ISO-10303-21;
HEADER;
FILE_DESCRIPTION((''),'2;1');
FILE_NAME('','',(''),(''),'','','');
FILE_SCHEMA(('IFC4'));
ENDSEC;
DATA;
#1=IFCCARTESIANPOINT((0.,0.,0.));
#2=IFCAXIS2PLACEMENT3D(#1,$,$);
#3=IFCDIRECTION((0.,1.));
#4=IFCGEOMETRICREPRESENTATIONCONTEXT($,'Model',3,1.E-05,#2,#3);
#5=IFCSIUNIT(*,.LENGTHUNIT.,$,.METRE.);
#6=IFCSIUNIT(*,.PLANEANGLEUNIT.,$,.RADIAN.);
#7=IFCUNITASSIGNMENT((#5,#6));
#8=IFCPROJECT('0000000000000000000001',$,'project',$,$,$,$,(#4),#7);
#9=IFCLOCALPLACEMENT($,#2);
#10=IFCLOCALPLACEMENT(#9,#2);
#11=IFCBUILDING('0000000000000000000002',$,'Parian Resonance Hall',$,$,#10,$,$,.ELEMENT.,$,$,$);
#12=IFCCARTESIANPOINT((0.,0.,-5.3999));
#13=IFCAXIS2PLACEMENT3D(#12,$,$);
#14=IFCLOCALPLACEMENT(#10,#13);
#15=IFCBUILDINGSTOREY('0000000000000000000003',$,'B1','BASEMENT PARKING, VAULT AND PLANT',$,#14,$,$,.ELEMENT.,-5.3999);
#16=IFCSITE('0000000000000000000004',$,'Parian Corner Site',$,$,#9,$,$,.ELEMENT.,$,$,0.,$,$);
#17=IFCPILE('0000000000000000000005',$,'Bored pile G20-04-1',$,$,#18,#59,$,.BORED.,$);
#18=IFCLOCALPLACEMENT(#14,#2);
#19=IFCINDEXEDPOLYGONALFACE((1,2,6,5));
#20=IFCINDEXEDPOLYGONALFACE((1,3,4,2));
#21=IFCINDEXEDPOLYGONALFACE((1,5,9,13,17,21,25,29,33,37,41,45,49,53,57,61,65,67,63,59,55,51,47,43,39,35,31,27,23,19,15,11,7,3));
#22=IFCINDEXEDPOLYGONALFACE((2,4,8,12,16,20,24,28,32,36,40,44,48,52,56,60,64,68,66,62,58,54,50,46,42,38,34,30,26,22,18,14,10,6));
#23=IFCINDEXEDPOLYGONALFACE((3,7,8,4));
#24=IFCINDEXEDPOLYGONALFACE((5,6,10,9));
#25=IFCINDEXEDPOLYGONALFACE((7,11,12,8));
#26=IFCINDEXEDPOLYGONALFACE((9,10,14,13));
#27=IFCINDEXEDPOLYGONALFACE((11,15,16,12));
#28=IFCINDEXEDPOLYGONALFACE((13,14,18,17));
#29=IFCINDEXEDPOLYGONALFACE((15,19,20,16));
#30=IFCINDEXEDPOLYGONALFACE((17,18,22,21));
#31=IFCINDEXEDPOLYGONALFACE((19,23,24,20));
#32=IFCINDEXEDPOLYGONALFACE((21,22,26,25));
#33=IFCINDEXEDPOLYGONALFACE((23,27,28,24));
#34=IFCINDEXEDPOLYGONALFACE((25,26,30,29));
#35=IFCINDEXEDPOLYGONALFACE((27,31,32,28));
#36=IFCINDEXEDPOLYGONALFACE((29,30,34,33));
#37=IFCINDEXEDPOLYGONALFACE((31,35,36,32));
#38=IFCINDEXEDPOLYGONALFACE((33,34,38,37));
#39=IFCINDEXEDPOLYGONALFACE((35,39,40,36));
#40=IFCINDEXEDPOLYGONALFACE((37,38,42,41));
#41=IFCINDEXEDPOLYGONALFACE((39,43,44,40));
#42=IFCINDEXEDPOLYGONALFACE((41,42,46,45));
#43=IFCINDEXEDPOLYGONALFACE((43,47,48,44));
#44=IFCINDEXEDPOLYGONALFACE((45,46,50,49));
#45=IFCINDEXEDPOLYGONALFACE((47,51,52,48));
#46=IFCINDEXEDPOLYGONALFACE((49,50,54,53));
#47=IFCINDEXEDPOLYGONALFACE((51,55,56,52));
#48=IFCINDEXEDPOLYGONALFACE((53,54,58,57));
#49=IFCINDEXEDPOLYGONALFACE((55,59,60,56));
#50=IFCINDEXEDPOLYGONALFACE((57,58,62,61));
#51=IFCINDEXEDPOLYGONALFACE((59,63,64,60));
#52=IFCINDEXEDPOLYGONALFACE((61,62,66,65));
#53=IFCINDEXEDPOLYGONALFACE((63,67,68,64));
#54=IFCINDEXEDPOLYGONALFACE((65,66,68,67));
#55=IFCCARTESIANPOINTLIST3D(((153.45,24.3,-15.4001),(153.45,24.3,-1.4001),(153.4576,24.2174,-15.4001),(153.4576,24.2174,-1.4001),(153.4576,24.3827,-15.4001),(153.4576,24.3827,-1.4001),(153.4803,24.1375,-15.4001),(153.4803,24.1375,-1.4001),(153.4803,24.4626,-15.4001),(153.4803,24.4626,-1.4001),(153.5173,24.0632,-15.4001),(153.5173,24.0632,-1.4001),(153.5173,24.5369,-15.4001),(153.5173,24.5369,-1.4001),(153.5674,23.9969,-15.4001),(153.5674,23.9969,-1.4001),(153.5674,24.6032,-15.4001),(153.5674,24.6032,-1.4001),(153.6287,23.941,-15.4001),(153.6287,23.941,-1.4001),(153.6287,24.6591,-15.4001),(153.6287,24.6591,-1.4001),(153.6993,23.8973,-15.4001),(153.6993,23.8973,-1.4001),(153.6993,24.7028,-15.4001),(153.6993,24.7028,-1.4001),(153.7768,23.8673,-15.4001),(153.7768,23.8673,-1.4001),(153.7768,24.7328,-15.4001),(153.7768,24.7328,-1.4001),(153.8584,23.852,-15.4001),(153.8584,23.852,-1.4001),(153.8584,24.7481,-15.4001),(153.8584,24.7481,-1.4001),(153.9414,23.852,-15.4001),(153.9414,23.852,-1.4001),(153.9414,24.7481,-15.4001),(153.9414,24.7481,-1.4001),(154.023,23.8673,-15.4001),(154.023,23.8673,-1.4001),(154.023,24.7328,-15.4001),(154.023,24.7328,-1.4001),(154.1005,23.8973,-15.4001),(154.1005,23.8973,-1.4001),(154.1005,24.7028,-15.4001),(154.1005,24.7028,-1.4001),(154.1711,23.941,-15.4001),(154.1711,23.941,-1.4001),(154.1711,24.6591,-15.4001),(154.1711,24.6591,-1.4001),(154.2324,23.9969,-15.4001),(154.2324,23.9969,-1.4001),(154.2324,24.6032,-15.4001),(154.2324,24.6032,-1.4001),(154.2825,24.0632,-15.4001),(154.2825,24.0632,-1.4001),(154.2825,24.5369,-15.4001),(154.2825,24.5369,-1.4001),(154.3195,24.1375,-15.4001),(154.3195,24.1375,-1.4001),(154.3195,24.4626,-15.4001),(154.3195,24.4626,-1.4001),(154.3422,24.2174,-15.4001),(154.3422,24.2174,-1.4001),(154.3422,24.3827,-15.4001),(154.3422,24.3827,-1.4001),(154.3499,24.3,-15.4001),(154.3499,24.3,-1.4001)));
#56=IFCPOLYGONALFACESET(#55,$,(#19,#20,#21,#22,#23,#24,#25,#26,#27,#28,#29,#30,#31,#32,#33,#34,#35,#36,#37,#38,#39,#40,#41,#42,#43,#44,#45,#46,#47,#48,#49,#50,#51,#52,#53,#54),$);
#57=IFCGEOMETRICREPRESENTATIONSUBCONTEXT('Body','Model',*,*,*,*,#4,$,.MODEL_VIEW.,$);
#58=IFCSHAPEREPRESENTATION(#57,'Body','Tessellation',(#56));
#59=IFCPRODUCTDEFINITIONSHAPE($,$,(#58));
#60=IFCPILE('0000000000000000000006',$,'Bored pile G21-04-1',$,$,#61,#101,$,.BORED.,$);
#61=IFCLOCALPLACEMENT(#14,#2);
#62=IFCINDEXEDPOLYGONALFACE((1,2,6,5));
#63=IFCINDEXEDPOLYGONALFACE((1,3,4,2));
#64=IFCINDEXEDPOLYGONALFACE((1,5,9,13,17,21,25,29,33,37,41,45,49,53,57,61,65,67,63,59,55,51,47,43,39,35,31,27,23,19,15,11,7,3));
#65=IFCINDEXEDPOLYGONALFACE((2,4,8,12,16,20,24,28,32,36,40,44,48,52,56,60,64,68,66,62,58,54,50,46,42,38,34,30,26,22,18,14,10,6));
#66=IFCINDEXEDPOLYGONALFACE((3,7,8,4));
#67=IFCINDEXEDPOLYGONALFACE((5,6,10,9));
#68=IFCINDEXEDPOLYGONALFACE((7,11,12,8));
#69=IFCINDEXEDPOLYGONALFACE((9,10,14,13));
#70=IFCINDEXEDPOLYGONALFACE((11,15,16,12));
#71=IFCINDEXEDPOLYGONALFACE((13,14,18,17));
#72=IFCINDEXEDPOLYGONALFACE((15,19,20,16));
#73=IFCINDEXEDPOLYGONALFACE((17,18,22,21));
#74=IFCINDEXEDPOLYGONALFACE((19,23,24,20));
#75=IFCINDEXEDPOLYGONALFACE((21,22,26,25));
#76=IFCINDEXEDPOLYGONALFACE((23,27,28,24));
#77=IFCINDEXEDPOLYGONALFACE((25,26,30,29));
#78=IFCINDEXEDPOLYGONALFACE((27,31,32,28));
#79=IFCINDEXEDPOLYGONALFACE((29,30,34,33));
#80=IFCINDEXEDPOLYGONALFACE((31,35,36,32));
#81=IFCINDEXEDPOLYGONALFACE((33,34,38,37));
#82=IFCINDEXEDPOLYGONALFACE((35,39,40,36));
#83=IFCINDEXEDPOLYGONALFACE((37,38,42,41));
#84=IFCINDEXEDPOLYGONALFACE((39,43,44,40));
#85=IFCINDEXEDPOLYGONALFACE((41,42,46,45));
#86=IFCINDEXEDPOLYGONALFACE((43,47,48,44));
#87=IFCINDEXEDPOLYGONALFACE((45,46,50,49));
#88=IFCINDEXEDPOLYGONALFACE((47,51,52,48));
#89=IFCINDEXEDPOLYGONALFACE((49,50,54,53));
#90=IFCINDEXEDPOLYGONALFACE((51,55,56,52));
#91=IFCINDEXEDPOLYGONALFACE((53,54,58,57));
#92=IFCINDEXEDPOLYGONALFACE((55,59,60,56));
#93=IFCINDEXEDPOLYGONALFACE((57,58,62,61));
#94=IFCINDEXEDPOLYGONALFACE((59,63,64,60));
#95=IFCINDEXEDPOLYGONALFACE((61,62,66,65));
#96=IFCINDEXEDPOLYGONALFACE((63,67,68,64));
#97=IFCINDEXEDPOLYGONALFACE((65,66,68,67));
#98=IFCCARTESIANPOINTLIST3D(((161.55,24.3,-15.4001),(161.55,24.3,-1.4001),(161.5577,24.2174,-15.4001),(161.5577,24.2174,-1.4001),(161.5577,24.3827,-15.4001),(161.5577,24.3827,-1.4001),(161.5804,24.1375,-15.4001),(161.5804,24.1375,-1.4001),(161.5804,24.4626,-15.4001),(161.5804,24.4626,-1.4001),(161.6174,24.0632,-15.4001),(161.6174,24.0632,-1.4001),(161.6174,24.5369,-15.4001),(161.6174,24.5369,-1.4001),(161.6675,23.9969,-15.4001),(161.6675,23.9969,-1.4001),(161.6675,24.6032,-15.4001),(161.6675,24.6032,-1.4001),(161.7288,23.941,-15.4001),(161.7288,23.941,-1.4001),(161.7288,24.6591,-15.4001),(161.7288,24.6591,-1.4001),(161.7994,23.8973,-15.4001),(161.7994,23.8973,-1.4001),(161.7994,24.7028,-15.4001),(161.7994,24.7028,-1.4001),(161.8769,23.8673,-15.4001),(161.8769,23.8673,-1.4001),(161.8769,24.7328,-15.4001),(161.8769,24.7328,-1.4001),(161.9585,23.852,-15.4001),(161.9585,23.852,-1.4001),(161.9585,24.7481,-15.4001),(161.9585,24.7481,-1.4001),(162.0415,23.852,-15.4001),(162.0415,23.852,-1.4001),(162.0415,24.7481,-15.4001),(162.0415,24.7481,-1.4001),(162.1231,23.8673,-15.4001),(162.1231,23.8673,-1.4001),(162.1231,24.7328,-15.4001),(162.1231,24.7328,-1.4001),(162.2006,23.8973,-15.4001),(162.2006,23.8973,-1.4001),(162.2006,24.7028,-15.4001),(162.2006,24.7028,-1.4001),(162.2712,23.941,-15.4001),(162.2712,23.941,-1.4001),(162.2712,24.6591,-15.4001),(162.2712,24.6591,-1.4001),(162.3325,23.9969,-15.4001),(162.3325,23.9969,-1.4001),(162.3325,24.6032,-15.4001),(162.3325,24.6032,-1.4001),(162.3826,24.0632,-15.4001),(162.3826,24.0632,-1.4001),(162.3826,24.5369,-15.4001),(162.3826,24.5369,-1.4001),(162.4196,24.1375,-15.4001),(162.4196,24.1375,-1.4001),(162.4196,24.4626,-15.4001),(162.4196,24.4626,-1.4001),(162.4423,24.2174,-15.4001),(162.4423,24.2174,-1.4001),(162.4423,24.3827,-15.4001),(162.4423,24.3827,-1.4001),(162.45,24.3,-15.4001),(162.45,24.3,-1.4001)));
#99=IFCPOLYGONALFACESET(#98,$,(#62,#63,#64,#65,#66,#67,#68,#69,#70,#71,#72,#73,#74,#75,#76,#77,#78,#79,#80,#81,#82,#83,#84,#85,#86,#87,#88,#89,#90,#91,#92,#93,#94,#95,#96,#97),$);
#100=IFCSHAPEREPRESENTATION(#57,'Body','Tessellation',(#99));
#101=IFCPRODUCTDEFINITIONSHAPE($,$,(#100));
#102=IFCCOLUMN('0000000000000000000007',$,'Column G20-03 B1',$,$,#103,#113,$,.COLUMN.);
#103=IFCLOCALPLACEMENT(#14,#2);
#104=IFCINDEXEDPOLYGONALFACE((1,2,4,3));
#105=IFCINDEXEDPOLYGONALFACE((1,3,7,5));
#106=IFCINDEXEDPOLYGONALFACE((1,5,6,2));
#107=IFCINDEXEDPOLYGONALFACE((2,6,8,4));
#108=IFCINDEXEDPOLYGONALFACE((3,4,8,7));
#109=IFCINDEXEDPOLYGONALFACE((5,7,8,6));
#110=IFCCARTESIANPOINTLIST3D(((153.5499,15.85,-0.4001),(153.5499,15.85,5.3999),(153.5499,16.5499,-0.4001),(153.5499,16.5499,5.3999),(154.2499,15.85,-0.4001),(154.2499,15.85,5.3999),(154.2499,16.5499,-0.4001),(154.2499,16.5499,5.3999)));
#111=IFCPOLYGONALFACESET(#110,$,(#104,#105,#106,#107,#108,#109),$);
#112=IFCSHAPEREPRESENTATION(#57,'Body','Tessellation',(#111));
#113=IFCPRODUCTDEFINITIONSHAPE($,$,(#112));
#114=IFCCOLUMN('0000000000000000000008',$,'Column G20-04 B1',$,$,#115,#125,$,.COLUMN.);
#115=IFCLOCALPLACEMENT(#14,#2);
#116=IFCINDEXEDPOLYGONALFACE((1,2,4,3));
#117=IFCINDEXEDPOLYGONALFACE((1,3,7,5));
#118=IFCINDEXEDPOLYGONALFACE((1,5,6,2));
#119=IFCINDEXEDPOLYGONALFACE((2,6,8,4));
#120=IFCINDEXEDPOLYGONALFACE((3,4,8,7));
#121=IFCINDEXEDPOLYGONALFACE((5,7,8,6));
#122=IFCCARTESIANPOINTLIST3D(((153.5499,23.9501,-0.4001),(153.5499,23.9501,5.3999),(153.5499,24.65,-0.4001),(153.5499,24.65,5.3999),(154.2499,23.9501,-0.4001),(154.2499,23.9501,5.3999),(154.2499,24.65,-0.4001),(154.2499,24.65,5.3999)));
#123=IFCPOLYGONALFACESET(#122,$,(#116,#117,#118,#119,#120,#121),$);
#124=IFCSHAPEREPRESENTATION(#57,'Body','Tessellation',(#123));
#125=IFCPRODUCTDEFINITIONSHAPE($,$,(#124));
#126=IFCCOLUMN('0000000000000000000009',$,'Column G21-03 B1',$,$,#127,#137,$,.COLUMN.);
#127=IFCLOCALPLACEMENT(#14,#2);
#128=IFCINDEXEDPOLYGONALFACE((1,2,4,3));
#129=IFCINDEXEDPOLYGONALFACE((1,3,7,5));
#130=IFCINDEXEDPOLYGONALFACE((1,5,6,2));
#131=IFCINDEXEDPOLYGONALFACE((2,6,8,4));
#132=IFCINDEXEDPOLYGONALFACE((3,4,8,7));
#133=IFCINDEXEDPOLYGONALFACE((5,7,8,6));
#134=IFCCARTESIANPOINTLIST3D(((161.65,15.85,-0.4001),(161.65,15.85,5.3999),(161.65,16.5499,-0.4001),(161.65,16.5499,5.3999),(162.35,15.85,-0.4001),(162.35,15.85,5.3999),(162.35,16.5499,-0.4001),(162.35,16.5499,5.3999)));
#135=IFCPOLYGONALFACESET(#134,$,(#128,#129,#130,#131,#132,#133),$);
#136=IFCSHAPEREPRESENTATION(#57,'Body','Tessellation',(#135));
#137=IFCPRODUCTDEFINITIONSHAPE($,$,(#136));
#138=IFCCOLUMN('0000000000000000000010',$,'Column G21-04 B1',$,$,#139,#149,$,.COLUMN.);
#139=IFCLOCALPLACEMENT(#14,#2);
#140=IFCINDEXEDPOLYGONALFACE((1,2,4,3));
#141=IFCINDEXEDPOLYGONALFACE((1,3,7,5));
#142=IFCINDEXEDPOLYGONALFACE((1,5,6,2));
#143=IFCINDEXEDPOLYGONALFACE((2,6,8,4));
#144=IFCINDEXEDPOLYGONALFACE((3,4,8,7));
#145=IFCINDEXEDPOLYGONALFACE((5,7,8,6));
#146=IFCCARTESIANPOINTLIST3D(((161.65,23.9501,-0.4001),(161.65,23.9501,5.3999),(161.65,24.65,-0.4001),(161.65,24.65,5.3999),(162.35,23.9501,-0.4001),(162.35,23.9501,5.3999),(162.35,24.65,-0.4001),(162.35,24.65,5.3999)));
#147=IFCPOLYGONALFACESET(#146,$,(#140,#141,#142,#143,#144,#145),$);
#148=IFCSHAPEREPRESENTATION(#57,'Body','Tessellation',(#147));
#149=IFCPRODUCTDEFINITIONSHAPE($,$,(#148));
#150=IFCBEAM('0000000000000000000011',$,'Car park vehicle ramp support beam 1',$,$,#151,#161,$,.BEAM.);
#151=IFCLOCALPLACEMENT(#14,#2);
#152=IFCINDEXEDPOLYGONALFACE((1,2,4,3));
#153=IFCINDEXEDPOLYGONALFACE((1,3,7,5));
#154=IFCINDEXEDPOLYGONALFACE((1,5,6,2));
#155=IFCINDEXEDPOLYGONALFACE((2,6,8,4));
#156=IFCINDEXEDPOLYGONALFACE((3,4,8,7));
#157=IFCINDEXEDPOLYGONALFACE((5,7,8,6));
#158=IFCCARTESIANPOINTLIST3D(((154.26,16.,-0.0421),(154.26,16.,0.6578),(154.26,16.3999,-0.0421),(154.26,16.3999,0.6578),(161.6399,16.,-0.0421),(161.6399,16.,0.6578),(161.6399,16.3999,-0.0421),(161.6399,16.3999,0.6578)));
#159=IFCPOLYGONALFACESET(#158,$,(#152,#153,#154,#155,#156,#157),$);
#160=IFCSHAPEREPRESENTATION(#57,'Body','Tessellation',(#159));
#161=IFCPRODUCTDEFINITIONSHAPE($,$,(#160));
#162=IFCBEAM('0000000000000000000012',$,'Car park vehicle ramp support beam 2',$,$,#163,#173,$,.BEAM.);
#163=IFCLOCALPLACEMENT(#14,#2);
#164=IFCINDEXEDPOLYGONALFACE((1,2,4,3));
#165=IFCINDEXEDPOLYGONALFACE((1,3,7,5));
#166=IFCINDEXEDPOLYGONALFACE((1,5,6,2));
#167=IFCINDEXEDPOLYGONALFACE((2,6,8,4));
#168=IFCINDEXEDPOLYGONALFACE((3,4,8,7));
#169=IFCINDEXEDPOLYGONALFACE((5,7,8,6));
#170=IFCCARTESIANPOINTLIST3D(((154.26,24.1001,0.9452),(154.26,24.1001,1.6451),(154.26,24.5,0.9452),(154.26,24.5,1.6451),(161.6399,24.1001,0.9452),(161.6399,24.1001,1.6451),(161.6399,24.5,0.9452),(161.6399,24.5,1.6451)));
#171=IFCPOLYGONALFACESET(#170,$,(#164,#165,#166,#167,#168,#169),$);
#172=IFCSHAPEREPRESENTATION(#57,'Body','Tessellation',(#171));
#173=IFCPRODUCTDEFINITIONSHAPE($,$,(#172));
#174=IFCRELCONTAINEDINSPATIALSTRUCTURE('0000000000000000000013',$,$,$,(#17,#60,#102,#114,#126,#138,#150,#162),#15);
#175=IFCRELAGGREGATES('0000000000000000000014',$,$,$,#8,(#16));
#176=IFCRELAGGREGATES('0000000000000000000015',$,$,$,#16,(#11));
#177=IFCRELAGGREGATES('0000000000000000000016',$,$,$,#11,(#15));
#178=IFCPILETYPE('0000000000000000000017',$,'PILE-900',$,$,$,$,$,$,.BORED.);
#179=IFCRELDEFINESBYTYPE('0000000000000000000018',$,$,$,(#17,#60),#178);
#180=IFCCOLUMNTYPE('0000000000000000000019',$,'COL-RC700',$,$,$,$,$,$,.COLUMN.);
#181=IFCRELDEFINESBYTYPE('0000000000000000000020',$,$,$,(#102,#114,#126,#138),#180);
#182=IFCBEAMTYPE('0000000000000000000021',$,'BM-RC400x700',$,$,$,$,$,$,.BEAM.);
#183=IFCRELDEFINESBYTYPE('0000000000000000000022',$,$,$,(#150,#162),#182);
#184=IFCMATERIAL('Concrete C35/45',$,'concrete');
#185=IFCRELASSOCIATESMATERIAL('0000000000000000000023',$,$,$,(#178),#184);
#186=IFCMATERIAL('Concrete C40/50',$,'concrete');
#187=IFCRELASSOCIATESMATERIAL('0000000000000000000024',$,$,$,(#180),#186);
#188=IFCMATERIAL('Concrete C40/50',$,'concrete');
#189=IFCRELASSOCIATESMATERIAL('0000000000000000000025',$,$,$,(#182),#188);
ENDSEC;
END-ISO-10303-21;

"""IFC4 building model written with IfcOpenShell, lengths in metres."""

from ifc_helpers import new_model, si_unit, direction, frame, origin, origin_2d, place, context, subcontext, project, spatial, rectangle, circle, extrude, material, material_profile, profile_set, type_object, element, save


model = new_model("IFC4")

# Units and contexts
model_context = context("Model", 3, precision=1e-05, world=origin(), true_north=direction((0.0, 1.0)))
body_context = subcontext(model_context, "Body", "Model", "MODEL_VIEW")
ifc_project = project(units=[si_unit("LENGTHUNIT", "METRE"), si_unit("PLANEANGLEUNIT", "RADIAN")], contexts=[model_context])

# Site, building, storey
site_placement = place(None, origin())
site = spatial("IfcSite", under=ifc_project, at=site_placement, Name="Parian Corner Site", CompositionType="ELEMENT", RefElevation=0.0)
building_placement = place(site_placement, origin())
building = spatial("IfcBuilding", under=site, at=building_placement, Name="Parian Resonance Hall", CompositionType="ELEMENT")
storey_placement = place(building_placement, frame((0.0, 0.0, -5.3999)))
storey = spatial("IfcBuildingStorey", under=building, at=storey_placement, Name="B1", Description="BASEMENT PARKING, VAULT AND PLANT", CompositionType="ELEMENT", Elevation=-5.3999)

# Piles
ifc_material_1 = material(Name="Concrete C35/45", Category="concrete")
ifc_material_profile_1 = material_profile(ifc_material_1, circle(Radius=0.45, at=origin_2d()), Name="PILE-D900")
ifc_profile_set_1 = profile_set([ifc_material_profile_1], Name="Concrete C35/45")
pile_type_1 = type_object("IfcPileType", Name="PILE-900", PredefinedType="BORED", material=ifc_profile_set_1)
for number, where, z_axis, x_axis, name in (
    (1, (153.8999, 24.3, -1.4001), (0.0, 0.0, -1.0), (1.0, 0.0, 0.0), "Bored pile G20-04-1"),
    (2, (162.0, 24.3, -1.4001), (0.0, 0.0, -1.0), (1.0, 0.0, 0.0), "Bored pile G21-04-1"),
):
    element("IfcPile", number, at=place(storey_placement, frame(where, z_axis=z_axis, x_axis=x_axis)), inside=storey, type_object=pile_type_1, Name=name, PredefinedType="BORED", context=body_context, shape_type="SweptSolid", body=[
        extrude(circle(Radius=0.45, at=origin_2d()), origin(), (0.0, 0.0, 1.0), 14.0),
    ])

# Columns
ifc_material_2 = material(Name="Concrete C40/50", Category="concrete")
ifc_material_profile_2 = material_profile(ifc_material_2, rectangle(XDim=0.7, YDim=0.7, at=origin_2d()), Name="RC-COL-700x700")
ifc_profile_set_2 = profile_set([ifc_material_profile_2], Name="Concrete C40/50")
column_type = type_object("IfcColumnType", Name="COL-RC700", PredefinedType="COLUMN", material=ifc_profile_set_2)
for number, where, z_axis, x_axis, name in (
    (3, (153.8999, 16.2, -0.4001), (0.0, 0.0, 1.0), (1.0, 0.0, 0.0), "Column G20-03 B1"),
    (4, (153.8999, 24.3, -0.4001), (0.0, 0.0, 1.0), (1.0, 0.0, 0.0), "Column G20-04 B1"),
    (5, (162.0, 16.2, -0.4001), (0.0, 0.0, 1.0), (1.0, 0.0, 0.0), "Column G21-03 B1"),
    (6, (162.0, 24.3, -0.4001), (0.0, 0.0, 1.0), (1.0, 0.0, 0.0), "Column G21-04 B1"),
):
    element("IfcColumn", number, at=place(storey_placement, frame(where, z_axis=z_axis, x_axis=x_axis)), inside=storey, type_object=column_type, Name=name, PredefinedType="COLUMN", context=body_context, shape_type="SweptSolid", body=[
        extrude(rectangle(XDim=0.7, YDim=0.7, at=origin_2d()), origin(), (0.0, 0.0, 1.0), 5.8),
    ])

# Beams
ifc_material_3 = material(Name="Concrete C40/50", Category="concrete")
ifc_material_profile_3 = material_profile(ifc_material_3, rectangle(XDim=0.3999, YDim=0.7, at=origin_2d()), Name="RC-BM-400x700")
ifc_profile_set_3 = profile_set([ifc_material_profile_3], Name="Concrete C40/50")
beam_type_1 = type_object("IfcBeamType", Name="BM-RC400x700", PredefinedType="BEAM", material=ifc_profile_set_3)
for number, where, z_axis, x_axis, name in (
    (7, (154.26, 16.2, 0.3079), (1.0, 0.0, 0.0), (0.0, 1.0, 0.0), "Car park vehicle ramp support beam 1"),
    (8, (154.26, 24.3, 1.2952), (1.0, 0.0, 0.0), (0.0, 1.0, 0.0), "Car park vehicle ramp support beam 2"),
):
    element("IfcBeam", number, at=place(storey_placement, frame(where, z_axis=z_axis, x_axis=x_axis)), inside=storey, type_object=beam_type_1, Name=name, PredefinedType="BEAM", context=body_context, shape_type="SweptSolid", body=[
        extrude(rectangle(XDim=0.3999, YDim=0.7, at=origin_2d()), origin(), (0.0, 0.0, 1.0), 7.3799),
    ])

save(model, "model.ifc")
